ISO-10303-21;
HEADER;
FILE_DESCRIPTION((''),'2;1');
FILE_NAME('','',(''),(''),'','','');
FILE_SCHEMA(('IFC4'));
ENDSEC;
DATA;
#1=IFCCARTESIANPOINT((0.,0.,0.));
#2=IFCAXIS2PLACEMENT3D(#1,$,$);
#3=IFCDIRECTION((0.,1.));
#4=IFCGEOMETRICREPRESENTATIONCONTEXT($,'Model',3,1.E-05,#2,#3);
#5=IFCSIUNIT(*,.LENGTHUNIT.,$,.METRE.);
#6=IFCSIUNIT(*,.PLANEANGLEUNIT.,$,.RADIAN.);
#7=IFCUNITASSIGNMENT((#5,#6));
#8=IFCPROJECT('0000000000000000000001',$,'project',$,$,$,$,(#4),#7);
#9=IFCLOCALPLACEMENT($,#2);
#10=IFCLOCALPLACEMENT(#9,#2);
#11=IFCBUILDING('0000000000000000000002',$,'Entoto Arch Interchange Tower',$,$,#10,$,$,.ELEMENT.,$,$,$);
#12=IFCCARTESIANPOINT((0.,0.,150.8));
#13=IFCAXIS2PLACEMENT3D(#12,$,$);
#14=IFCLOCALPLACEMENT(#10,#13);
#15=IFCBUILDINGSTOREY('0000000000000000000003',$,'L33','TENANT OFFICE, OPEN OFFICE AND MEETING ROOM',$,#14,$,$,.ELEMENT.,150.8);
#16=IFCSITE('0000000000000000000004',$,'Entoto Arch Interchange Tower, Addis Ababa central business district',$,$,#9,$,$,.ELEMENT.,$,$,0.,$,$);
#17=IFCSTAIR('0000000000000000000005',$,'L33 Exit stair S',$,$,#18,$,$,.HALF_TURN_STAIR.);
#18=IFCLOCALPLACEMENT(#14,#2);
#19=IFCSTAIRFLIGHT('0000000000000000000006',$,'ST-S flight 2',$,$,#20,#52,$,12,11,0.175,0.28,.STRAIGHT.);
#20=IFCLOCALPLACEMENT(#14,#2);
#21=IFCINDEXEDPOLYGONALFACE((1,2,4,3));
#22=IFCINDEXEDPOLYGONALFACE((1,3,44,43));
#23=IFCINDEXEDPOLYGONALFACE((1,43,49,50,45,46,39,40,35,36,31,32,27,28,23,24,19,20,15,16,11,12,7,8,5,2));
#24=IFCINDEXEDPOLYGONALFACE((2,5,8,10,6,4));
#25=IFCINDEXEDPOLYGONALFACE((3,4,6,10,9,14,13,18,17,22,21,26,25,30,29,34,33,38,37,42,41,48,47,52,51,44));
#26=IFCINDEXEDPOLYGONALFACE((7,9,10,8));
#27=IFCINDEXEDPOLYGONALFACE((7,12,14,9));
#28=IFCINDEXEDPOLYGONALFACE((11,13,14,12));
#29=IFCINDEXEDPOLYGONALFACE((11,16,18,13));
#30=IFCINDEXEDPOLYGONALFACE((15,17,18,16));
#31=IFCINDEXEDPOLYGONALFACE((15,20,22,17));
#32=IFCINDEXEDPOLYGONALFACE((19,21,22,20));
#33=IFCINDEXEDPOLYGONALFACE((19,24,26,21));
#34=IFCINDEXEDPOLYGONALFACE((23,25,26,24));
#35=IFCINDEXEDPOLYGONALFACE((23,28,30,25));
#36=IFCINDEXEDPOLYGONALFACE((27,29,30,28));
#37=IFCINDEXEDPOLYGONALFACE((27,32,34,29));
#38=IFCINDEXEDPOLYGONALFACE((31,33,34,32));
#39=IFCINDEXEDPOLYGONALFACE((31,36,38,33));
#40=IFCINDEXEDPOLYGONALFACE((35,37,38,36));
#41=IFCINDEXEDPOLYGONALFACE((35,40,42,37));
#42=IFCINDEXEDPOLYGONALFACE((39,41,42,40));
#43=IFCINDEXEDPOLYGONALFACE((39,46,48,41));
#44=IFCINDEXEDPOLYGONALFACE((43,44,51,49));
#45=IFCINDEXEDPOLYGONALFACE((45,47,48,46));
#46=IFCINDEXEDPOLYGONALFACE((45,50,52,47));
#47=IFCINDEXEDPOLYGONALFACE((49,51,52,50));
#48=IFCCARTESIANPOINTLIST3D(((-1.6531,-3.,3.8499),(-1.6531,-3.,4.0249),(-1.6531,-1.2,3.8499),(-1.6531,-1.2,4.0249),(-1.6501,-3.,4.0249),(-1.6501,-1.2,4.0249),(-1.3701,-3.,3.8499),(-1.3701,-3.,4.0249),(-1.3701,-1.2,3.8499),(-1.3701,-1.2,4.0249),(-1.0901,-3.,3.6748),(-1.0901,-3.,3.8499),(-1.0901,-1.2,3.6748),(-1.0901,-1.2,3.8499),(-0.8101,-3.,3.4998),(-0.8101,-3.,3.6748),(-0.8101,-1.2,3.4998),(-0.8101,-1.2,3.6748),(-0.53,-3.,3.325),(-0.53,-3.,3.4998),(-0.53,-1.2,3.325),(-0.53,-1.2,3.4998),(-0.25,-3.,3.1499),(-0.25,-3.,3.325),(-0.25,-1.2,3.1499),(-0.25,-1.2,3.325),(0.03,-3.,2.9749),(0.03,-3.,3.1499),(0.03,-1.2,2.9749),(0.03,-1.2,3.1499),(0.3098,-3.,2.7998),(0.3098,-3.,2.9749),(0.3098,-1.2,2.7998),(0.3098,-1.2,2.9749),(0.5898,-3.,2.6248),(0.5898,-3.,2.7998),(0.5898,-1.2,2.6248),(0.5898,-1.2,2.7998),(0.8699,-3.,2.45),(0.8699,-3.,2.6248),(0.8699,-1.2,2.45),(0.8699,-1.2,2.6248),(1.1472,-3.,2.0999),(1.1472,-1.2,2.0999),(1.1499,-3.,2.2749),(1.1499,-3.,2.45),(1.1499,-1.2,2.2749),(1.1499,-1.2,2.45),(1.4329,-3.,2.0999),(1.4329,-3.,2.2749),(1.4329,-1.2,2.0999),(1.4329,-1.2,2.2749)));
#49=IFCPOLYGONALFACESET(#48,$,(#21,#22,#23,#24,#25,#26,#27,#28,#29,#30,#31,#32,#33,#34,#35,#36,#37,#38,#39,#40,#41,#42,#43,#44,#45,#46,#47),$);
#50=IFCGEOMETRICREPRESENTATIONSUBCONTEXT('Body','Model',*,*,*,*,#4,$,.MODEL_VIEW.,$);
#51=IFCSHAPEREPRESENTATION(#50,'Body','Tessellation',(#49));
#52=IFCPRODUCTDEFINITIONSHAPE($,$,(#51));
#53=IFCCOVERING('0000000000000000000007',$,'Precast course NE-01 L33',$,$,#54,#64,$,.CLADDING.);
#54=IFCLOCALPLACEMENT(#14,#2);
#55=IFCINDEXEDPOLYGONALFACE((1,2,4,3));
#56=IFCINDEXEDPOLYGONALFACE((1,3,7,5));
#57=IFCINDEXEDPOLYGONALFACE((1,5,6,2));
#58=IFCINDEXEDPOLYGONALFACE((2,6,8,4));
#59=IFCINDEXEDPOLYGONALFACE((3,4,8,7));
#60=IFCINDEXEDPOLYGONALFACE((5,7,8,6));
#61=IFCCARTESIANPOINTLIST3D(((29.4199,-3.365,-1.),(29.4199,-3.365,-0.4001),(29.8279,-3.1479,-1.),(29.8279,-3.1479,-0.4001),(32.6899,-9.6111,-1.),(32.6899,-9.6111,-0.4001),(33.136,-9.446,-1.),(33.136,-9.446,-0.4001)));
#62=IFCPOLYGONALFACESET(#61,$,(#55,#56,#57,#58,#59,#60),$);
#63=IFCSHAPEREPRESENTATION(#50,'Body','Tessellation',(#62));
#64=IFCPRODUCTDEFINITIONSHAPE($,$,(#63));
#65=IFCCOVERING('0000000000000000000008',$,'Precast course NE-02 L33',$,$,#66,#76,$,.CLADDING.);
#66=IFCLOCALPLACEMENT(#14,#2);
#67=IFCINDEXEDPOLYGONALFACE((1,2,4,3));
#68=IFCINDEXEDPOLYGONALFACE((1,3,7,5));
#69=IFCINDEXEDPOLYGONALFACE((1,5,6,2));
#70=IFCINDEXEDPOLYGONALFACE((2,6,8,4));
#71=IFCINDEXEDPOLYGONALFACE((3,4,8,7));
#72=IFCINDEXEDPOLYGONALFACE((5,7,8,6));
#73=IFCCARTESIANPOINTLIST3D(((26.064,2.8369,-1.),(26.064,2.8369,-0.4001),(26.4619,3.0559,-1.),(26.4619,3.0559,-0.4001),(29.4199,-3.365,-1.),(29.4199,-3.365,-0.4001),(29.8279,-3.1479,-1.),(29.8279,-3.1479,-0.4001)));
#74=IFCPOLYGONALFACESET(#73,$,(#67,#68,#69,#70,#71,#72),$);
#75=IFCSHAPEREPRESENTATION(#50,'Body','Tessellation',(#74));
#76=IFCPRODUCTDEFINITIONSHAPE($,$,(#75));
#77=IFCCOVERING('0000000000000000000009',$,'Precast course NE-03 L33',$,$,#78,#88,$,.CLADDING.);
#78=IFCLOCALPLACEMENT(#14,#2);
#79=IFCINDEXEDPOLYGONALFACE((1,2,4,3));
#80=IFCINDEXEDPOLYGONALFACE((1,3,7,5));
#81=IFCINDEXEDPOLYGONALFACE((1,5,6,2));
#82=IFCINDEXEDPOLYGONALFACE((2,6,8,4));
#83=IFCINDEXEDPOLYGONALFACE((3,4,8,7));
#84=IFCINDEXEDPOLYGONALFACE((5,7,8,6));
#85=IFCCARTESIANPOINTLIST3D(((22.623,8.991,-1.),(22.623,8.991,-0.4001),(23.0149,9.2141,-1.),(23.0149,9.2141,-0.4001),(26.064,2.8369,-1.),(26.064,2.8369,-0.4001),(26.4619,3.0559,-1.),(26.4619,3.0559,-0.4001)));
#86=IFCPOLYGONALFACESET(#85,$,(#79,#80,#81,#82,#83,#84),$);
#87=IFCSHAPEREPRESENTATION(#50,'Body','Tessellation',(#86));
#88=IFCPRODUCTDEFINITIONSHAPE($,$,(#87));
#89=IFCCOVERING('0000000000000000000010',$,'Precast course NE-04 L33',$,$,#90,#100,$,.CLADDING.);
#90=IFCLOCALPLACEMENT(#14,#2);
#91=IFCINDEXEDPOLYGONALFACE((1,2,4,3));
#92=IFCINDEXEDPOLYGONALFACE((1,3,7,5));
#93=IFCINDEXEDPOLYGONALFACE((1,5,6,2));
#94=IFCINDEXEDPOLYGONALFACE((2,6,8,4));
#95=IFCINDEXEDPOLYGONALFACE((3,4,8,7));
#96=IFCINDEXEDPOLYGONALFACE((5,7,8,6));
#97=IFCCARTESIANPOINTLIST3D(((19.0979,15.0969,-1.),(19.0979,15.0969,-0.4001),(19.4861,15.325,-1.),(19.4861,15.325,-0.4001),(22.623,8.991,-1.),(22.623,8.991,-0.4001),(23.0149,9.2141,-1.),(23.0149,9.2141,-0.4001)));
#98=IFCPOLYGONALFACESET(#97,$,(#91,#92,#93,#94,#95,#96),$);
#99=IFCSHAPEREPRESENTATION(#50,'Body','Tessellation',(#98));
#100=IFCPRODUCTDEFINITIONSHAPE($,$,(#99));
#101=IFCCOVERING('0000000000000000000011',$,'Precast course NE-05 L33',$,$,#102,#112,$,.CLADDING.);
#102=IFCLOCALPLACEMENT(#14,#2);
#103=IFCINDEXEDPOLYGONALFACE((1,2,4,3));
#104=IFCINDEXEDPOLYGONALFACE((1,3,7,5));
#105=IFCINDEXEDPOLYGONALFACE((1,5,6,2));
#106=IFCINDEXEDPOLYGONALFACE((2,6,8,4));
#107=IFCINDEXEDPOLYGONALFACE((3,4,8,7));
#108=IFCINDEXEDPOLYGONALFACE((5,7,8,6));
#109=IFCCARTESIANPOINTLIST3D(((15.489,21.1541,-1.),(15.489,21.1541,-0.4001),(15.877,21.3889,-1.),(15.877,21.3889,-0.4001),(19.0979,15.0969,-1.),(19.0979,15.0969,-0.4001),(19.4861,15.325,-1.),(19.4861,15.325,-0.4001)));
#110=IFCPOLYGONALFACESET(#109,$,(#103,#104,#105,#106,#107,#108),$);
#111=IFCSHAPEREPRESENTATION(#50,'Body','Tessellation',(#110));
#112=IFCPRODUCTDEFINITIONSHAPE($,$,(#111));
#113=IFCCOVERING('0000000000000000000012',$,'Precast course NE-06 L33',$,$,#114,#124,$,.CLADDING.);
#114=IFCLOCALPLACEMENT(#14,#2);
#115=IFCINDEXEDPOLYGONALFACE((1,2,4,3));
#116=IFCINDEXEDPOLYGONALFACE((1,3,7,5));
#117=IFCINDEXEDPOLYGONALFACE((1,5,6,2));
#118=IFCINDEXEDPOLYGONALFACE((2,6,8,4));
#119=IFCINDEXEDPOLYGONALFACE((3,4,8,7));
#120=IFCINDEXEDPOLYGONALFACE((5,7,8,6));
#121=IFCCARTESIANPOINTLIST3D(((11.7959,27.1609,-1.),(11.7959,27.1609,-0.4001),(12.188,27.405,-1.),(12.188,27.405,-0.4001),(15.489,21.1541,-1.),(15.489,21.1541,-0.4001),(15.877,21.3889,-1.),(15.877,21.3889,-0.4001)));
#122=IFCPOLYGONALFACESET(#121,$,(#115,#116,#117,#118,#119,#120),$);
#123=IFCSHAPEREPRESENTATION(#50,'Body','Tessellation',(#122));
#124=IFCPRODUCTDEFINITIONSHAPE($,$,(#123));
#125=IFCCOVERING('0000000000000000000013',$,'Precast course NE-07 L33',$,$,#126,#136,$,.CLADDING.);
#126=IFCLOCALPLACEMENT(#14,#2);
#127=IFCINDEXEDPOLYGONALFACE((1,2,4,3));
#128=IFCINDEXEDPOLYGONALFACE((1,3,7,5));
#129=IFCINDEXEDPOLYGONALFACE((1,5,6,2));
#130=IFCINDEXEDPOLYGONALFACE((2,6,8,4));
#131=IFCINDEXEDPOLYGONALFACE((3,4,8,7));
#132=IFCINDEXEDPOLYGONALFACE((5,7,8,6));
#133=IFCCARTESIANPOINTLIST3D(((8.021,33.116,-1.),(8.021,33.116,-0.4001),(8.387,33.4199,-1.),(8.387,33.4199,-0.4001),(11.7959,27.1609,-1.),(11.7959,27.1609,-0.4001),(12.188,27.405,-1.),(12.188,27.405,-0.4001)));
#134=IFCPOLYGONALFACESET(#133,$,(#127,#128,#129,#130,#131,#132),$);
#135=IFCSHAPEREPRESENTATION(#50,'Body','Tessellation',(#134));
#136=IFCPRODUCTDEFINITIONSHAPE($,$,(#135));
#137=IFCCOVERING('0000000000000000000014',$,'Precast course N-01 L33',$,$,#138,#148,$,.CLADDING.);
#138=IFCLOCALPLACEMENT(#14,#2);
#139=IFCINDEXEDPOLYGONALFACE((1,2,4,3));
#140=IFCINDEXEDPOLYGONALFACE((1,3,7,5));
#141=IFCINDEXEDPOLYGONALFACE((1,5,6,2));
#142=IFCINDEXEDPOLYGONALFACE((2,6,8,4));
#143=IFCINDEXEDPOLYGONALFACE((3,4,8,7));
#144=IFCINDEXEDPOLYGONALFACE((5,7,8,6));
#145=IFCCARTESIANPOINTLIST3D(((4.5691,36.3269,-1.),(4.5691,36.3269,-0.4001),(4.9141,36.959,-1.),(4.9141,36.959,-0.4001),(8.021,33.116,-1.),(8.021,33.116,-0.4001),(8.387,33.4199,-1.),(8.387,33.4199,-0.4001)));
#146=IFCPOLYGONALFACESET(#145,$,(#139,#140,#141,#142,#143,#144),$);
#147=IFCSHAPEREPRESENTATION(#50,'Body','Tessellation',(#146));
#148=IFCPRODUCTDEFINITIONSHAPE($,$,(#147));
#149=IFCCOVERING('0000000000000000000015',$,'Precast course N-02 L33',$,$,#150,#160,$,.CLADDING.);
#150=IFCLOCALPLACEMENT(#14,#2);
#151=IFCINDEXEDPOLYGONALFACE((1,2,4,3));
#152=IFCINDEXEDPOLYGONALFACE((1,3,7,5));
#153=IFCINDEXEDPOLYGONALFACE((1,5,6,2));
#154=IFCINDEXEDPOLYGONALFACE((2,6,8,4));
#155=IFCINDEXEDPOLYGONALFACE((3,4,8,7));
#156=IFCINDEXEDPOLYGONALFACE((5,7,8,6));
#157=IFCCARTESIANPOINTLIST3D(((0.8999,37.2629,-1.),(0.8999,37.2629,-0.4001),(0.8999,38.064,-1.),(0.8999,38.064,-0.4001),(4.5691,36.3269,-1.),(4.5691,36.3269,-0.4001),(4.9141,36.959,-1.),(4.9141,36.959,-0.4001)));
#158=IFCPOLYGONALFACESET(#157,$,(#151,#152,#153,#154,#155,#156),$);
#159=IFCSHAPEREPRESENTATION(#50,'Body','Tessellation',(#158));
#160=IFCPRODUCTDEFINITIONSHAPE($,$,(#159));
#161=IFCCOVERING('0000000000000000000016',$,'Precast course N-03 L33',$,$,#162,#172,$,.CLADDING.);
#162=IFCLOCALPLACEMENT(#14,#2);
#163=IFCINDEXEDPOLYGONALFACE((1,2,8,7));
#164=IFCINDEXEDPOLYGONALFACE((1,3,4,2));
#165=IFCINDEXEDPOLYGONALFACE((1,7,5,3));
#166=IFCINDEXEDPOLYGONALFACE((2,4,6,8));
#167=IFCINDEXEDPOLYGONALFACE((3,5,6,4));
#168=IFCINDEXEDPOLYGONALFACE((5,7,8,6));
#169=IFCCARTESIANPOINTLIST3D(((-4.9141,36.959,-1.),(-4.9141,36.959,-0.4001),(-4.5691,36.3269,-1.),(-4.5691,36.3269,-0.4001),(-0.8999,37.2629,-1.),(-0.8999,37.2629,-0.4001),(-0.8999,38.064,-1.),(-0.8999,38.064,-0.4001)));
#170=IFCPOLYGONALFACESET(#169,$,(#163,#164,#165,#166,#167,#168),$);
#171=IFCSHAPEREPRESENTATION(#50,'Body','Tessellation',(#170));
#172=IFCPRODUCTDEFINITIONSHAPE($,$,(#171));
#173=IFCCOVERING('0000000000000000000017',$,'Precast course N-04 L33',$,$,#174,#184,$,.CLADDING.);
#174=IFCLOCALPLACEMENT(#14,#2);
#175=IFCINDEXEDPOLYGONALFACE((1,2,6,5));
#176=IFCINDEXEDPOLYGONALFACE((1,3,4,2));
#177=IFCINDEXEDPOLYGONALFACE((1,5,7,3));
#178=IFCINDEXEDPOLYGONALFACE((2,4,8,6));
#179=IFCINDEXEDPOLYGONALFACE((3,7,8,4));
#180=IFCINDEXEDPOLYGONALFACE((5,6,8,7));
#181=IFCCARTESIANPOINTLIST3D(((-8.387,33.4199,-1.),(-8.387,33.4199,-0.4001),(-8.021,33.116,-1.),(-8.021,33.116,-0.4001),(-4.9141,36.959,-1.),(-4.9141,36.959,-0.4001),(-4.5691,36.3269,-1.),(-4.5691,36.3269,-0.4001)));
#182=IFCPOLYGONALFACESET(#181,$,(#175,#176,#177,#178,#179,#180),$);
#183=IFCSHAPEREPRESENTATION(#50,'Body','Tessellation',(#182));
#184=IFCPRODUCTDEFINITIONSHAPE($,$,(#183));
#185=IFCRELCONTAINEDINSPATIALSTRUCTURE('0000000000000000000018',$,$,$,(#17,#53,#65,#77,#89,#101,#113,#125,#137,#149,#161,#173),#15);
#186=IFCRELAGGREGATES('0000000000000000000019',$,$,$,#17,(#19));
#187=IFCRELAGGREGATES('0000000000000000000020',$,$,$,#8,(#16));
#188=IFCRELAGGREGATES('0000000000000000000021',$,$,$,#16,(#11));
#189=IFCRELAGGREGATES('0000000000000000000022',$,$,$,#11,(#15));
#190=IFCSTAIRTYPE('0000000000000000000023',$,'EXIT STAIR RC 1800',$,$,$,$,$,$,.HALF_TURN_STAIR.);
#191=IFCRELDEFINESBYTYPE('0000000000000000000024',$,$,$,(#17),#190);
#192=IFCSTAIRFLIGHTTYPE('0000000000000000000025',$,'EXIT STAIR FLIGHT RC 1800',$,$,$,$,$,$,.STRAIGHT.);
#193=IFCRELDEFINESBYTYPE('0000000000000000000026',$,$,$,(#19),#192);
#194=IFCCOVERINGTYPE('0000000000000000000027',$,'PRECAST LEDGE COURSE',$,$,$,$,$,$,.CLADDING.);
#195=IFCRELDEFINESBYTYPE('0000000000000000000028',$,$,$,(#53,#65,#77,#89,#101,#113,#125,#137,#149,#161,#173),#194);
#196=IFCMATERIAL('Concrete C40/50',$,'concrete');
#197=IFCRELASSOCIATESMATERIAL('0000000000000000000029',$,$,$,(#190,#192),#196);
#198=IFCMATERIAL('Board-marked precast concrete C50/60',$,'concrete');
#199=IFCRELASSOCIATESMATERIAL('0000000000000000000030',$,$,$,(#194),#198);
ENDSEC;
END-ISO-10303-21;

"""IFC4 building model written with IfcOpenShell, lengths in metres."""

from ifc_helpers import new_model, si_unit, direction, frame, origin, place, context, subcontext, project, spatial, polyline, outline, extrude, material, type_object, element, aggregate, save


model = new_model("IFC4")

# Units and contexts
model_context = context("Model", 3, precision=1e-05, world=origin(), true_north=direction((0.0, 1.0)))
body_context = subcontext(model_context, "Body", "Model", "MODEL_VIEW")
ifc_project = project(units=[si_unit("LENGTHUNIT", "METRE"), si_unit("PLANEANGLEUNIT", "RADIAN")], contexts=[model_context])

# Site, building, storey
site_placement = place(None, origin())
site = spatial("IfcSite", under=ifc_project, at=site_placement, Name="Entoto Arch Interchange Tower, Addis Ababa central business district", CompositionType="ELEMENT", RefElevation=0.0)
building_placement = place(site_placement, origin())
building = spatial("IfcBuilding", under=site, at=building_placement, Name="Entoto Arch Interchange Tower", CompositionType="ELEMENT")
storey_placement = place(building_placement, frame((0.0, 0.0, 150.8)))
storey = spatial("IfcBuildingStorey", under=building, at=storey_placement, Name="L33", Description="TENANT OFFICE, OPEN OFFICE AND MEETING ROOM", CompositionType="ELEMENT", Elevation=150.8)

# Shared definitions
ifc_material_1 = material(Name="Concrete C40/50", Category="concrete")

# Stair, stair flight
stair_type = type_object("IfcStairType", Name="EXIT STAIR RC 1800", PredefinedType="HALF_TURN_STAIR", material=ifc_material_1)
stair_placement = place(storey_placement, origin())
stair = element("IfcStair", 1, at=stair_placement, inside=storey, type_object=stair_type, Name="L33 Exit stair S", PredefinedType="HALF_TURN_STAIR")
stair_flight_type = type_object("IfcStairFlightType", Name="EXIT STAIR FLIGHT RC 1800", PredefinedType="STRAIGHT", material=ifc_material_1)
stair_flight_placement = place(storey_placement, frame((1.4299, -2.1001, 2.0999), z_axis=(0.0, 0.0, 1.0), x_axis=(-1.0, 0.0, 0.0)))
stair_flight = element("IfcStairFlight", 2, at=stair_flight_placement, type_object=stair_flight_type, Name="ST-S flight 2", NumberOfRisers=12, NumberOfTreads=11, PredefinedType="STRAIGHT", RiserHeight=0.175, TreadLength=0.28, context=body_context, shape_type="SweptSolid", body=[
    extrude(outline(polyline([(-0.0029, 0.0), (-0.0029, 0.175), (0.28, 0.175), (0.28, 0.3501), (0.5601, 0.3501), (0.5601, 0.5249), (0.8401, 0.5249), (0.8401, 0.7), (1.1201, 0.7), (1.1201, 0.875), (1.3999, 0.875), (1.3999, 1.05), (1.6799, 1.05), (1.6799, 1.2251), (1.96, 1.2251), (1.96, 1.3999), (2.24, 1.3999), (2.24, 1.575), (2.52, 1.575), (2.52, 1.75), (2.8, 1.75), (2.8, 1.925), (3.0801, 1.925), (3.083, 1.925), (3.083, 1.75), (0.2827, 0.0), (-0.0029, 0.0)])), frame((0.0, 0.8999, 0.0), z_axis=(0.0, -1.0, 0.0), x_axis=(1.0, 0.0, 0.0)), (0.0, 0.0, 1.0), 1.8),
])
aggregate(stair, [stair_flight])

# Coverings
ifc_material_2 = material(Name="Board-marked precast concrete C50/60", Category="concrete")
covering_type = type_object("IfcCoveringType", Name="PRECAST LEDGE COURSE", PredefinedType="CLADDING", material=ifc_material_2)
covering_1_placement = place(storey_placement, frame((0.0, 0.0, -1.0)))
element("IfcCovering", 3, at=covering_1_placement, inside=storey, type_object=covering_type, Name="Precast course NE-01 L33", PredefinedType="CLADDING", context=body_context, shape_type="SweptSolid", body=[
    extrude(outline(polyline([(29.4199, -3.365), (29.8279, -3.1479), (33.136, -9.446), (32.6899, -9.6111), (29.4199, -3.365)])), origin(), (0.0, 0.0, 1.0), 0.5999),
])
covering_2_placement = place(storey_placement, frame((0.0, 0.0, -1.0)))
element("IfcCovering", 4, at=covering_2_placement, inside=storey, type_object=covering_type, Name="Precast course NE-02 L33", PredefinedType="CLADDING", context=body_context, shape_type="SweptSolid", body=[
    extrude(outline(polyline([(26.064, 2.8369), (26.4619, 3.0559), (29.8279, -3.1479), (29.4199, -3.365), (26.064, 2.8369)])), origin(), (0.0, 0.0, 1.0), 0.5999),
])
covering_3_placement = place(storey_placement, frame((0.0, 0.0, -1.0)))
element("IfcCovering", 5, at=covering_3_placement, inside=storey, type_object=covering_type, Name="Precast course NE-03 L33", PredefinedType="CLADDING", context=body_context, shape_type="SweptSolid", body=[
    extrude(outline(polyline([(22.623, 8.991), (23.0149, 9.2141), (26.4619, 3.0559), (26.064, 2.8369), (22.623, 8.991)])), origin(), (0.0, 0.0, 1.0), 0.5999),
])
covering_4_placement = place(storey_placement, frame((0.0, 0.0, -1.0)))
element("IfcCovering", 6, at=covering_4_placement, inside=storey, type_object=covering_type, Name="Precast course NE-04 L33", PredefinedType="CLADDING", context=body_context, shape_type="SweptSolid", body=[
    extrude(outline(polyline([(19.0979, 15.0969), (19.4861, 15.325), (23.0149, 9.2141), (22.623, 8.991), (19.0979, 15.0969)])), origin(), (0.0, 0.0, 1.0), 0.5999),
])
covering_5_placement = place(storey_placement, frame((0.0, 0.0, -1.0)))
element("IfcCovering", 7, at=covering_5_placement, inside=storey, type_object=covering_type, Name="Precast course NE-05 L33", PredefinedType="CLADDING", context=body_context, shape_type="SweptSolid", body=[
    extrude(outline(polyline([(15.489, 21.1541), (15.877, 21.3889), (19.4861, 15.325), (19.0979, 15.0969), (15.489, 21.1541)])), origin(), (0.0, 0.0, 1.0), 0.5999),
])
covering_6_placement = place(storey_placement, frame((0.0, 0.0, -1.0)))
element("IfcCovering", 8, at=covering_6_placement, inside=storey, type_object=covering_type, Name="Precast course NE-06 L33", PredefinedType="CLADDING", context=body_context, shape_type="SweptSolid", body=[
    extrude(outline(polyline([(11.7959, 27.1609), (12.188, 27.405), (15.877, 21.3889), (15.489, 21.1541), (11.7959, 27.1609)])), origin(), (0.0, 0.0, 1.0), 0.5999),
])
covering_7_placement = place(storey_placement, frame((0.0, 0.0, -1.0)))
element("IfcCovering", 9, at=covering_7_placement, inside=storey, type_object=covering_type, Name="Precast course NE-07 L33", PredefinedType="CLADDING", context=body_context, shape_type="SweptSolid", body=[
    extrude(outline(polyline([(8.021, 33.116), (8.387, 33.4199), (12.188, 27.405), (11.7959, 27.1609), (8.021, 33.116)])), origin(), (0.0, 0.0, 1.0), 0.5999),
])
covering_8_placement = place(storey_placement, frame((0.0, 0.0, -1.0)))
element("IfcCovering", 10, at=covering_8_placement, inside=storey, type_object=covering_type, Name="Precast course N-01 L33", PredefinedType="CLADDING", context=body_context, shape_type="SweptSolid", body=[
    extrude(outline(polyline([(4.5691, 36.3269), (4.9141, 36.959), (8.387, 33.4199), (8.021, 33.116), (4.5691, 36.3269)])), origin(), (0.0, 0.0, 1.0), 0.5999),
])
covering_9_placement = place(storey_placement, frame((0.0, 0.0, -1.0)))
element("IfcCovering", 11, at=covering_9_placement, inside=storey, type_object=covering_type, Name="Precast course N-02 L33", PredefinedType="CLADDING", context=body_context, shape_type="SweptSolid", body=[
    extrude(outline(polyline([(0.8999, 37.2629), (0.8999, 38.064), (4.9141, 36.959), (4.5691, 36.3269), (0.8999, 37.2629)])), origin(), (0.0, 0.0, 1.0), 0.5999),
])
covering_10_placement = place(storey_placement, frame((0.0, 0.0, -1.0)))
element("IfcCovering", 12, at=covering_10_placement, inside=storey, type_object=covering_type, Name="Precast course N-03 L33", PredefinedType="CLADDING", context=body_context, shape_type="SweptSolid", body=[
    extrude(outline(polyline([(-4.5691, 36.3269), (-4.9141, 36.959), (-0.8999, 38.064), (-0.8999, 37.2629), (-4.5691, 36.3269)])), origin(), (0.0, 0.0, 1.0), 0.5999),
])
covering_11_placement = place(storey_placement, frame((0.0, 0.0, -1.0)))
element("IfcCovering", 13, at=covering_11_placement, inside=storey, type_object=covering_type, Name="Precast course N-04 L33", PredefinedType="CLADDING", context=body_context, shape_type="SweptSolid", body=[
    extrude(outline(polyline([(-8.021, 33.116), (-8.387, 33.4199), (-4.9141, 36.959), (-4.5691, 36.3269), (-8.021, 33.116)])), origin(), (0.0, 0.0, 1.0), 0.5999),
])

save(model, "model.ifc")
